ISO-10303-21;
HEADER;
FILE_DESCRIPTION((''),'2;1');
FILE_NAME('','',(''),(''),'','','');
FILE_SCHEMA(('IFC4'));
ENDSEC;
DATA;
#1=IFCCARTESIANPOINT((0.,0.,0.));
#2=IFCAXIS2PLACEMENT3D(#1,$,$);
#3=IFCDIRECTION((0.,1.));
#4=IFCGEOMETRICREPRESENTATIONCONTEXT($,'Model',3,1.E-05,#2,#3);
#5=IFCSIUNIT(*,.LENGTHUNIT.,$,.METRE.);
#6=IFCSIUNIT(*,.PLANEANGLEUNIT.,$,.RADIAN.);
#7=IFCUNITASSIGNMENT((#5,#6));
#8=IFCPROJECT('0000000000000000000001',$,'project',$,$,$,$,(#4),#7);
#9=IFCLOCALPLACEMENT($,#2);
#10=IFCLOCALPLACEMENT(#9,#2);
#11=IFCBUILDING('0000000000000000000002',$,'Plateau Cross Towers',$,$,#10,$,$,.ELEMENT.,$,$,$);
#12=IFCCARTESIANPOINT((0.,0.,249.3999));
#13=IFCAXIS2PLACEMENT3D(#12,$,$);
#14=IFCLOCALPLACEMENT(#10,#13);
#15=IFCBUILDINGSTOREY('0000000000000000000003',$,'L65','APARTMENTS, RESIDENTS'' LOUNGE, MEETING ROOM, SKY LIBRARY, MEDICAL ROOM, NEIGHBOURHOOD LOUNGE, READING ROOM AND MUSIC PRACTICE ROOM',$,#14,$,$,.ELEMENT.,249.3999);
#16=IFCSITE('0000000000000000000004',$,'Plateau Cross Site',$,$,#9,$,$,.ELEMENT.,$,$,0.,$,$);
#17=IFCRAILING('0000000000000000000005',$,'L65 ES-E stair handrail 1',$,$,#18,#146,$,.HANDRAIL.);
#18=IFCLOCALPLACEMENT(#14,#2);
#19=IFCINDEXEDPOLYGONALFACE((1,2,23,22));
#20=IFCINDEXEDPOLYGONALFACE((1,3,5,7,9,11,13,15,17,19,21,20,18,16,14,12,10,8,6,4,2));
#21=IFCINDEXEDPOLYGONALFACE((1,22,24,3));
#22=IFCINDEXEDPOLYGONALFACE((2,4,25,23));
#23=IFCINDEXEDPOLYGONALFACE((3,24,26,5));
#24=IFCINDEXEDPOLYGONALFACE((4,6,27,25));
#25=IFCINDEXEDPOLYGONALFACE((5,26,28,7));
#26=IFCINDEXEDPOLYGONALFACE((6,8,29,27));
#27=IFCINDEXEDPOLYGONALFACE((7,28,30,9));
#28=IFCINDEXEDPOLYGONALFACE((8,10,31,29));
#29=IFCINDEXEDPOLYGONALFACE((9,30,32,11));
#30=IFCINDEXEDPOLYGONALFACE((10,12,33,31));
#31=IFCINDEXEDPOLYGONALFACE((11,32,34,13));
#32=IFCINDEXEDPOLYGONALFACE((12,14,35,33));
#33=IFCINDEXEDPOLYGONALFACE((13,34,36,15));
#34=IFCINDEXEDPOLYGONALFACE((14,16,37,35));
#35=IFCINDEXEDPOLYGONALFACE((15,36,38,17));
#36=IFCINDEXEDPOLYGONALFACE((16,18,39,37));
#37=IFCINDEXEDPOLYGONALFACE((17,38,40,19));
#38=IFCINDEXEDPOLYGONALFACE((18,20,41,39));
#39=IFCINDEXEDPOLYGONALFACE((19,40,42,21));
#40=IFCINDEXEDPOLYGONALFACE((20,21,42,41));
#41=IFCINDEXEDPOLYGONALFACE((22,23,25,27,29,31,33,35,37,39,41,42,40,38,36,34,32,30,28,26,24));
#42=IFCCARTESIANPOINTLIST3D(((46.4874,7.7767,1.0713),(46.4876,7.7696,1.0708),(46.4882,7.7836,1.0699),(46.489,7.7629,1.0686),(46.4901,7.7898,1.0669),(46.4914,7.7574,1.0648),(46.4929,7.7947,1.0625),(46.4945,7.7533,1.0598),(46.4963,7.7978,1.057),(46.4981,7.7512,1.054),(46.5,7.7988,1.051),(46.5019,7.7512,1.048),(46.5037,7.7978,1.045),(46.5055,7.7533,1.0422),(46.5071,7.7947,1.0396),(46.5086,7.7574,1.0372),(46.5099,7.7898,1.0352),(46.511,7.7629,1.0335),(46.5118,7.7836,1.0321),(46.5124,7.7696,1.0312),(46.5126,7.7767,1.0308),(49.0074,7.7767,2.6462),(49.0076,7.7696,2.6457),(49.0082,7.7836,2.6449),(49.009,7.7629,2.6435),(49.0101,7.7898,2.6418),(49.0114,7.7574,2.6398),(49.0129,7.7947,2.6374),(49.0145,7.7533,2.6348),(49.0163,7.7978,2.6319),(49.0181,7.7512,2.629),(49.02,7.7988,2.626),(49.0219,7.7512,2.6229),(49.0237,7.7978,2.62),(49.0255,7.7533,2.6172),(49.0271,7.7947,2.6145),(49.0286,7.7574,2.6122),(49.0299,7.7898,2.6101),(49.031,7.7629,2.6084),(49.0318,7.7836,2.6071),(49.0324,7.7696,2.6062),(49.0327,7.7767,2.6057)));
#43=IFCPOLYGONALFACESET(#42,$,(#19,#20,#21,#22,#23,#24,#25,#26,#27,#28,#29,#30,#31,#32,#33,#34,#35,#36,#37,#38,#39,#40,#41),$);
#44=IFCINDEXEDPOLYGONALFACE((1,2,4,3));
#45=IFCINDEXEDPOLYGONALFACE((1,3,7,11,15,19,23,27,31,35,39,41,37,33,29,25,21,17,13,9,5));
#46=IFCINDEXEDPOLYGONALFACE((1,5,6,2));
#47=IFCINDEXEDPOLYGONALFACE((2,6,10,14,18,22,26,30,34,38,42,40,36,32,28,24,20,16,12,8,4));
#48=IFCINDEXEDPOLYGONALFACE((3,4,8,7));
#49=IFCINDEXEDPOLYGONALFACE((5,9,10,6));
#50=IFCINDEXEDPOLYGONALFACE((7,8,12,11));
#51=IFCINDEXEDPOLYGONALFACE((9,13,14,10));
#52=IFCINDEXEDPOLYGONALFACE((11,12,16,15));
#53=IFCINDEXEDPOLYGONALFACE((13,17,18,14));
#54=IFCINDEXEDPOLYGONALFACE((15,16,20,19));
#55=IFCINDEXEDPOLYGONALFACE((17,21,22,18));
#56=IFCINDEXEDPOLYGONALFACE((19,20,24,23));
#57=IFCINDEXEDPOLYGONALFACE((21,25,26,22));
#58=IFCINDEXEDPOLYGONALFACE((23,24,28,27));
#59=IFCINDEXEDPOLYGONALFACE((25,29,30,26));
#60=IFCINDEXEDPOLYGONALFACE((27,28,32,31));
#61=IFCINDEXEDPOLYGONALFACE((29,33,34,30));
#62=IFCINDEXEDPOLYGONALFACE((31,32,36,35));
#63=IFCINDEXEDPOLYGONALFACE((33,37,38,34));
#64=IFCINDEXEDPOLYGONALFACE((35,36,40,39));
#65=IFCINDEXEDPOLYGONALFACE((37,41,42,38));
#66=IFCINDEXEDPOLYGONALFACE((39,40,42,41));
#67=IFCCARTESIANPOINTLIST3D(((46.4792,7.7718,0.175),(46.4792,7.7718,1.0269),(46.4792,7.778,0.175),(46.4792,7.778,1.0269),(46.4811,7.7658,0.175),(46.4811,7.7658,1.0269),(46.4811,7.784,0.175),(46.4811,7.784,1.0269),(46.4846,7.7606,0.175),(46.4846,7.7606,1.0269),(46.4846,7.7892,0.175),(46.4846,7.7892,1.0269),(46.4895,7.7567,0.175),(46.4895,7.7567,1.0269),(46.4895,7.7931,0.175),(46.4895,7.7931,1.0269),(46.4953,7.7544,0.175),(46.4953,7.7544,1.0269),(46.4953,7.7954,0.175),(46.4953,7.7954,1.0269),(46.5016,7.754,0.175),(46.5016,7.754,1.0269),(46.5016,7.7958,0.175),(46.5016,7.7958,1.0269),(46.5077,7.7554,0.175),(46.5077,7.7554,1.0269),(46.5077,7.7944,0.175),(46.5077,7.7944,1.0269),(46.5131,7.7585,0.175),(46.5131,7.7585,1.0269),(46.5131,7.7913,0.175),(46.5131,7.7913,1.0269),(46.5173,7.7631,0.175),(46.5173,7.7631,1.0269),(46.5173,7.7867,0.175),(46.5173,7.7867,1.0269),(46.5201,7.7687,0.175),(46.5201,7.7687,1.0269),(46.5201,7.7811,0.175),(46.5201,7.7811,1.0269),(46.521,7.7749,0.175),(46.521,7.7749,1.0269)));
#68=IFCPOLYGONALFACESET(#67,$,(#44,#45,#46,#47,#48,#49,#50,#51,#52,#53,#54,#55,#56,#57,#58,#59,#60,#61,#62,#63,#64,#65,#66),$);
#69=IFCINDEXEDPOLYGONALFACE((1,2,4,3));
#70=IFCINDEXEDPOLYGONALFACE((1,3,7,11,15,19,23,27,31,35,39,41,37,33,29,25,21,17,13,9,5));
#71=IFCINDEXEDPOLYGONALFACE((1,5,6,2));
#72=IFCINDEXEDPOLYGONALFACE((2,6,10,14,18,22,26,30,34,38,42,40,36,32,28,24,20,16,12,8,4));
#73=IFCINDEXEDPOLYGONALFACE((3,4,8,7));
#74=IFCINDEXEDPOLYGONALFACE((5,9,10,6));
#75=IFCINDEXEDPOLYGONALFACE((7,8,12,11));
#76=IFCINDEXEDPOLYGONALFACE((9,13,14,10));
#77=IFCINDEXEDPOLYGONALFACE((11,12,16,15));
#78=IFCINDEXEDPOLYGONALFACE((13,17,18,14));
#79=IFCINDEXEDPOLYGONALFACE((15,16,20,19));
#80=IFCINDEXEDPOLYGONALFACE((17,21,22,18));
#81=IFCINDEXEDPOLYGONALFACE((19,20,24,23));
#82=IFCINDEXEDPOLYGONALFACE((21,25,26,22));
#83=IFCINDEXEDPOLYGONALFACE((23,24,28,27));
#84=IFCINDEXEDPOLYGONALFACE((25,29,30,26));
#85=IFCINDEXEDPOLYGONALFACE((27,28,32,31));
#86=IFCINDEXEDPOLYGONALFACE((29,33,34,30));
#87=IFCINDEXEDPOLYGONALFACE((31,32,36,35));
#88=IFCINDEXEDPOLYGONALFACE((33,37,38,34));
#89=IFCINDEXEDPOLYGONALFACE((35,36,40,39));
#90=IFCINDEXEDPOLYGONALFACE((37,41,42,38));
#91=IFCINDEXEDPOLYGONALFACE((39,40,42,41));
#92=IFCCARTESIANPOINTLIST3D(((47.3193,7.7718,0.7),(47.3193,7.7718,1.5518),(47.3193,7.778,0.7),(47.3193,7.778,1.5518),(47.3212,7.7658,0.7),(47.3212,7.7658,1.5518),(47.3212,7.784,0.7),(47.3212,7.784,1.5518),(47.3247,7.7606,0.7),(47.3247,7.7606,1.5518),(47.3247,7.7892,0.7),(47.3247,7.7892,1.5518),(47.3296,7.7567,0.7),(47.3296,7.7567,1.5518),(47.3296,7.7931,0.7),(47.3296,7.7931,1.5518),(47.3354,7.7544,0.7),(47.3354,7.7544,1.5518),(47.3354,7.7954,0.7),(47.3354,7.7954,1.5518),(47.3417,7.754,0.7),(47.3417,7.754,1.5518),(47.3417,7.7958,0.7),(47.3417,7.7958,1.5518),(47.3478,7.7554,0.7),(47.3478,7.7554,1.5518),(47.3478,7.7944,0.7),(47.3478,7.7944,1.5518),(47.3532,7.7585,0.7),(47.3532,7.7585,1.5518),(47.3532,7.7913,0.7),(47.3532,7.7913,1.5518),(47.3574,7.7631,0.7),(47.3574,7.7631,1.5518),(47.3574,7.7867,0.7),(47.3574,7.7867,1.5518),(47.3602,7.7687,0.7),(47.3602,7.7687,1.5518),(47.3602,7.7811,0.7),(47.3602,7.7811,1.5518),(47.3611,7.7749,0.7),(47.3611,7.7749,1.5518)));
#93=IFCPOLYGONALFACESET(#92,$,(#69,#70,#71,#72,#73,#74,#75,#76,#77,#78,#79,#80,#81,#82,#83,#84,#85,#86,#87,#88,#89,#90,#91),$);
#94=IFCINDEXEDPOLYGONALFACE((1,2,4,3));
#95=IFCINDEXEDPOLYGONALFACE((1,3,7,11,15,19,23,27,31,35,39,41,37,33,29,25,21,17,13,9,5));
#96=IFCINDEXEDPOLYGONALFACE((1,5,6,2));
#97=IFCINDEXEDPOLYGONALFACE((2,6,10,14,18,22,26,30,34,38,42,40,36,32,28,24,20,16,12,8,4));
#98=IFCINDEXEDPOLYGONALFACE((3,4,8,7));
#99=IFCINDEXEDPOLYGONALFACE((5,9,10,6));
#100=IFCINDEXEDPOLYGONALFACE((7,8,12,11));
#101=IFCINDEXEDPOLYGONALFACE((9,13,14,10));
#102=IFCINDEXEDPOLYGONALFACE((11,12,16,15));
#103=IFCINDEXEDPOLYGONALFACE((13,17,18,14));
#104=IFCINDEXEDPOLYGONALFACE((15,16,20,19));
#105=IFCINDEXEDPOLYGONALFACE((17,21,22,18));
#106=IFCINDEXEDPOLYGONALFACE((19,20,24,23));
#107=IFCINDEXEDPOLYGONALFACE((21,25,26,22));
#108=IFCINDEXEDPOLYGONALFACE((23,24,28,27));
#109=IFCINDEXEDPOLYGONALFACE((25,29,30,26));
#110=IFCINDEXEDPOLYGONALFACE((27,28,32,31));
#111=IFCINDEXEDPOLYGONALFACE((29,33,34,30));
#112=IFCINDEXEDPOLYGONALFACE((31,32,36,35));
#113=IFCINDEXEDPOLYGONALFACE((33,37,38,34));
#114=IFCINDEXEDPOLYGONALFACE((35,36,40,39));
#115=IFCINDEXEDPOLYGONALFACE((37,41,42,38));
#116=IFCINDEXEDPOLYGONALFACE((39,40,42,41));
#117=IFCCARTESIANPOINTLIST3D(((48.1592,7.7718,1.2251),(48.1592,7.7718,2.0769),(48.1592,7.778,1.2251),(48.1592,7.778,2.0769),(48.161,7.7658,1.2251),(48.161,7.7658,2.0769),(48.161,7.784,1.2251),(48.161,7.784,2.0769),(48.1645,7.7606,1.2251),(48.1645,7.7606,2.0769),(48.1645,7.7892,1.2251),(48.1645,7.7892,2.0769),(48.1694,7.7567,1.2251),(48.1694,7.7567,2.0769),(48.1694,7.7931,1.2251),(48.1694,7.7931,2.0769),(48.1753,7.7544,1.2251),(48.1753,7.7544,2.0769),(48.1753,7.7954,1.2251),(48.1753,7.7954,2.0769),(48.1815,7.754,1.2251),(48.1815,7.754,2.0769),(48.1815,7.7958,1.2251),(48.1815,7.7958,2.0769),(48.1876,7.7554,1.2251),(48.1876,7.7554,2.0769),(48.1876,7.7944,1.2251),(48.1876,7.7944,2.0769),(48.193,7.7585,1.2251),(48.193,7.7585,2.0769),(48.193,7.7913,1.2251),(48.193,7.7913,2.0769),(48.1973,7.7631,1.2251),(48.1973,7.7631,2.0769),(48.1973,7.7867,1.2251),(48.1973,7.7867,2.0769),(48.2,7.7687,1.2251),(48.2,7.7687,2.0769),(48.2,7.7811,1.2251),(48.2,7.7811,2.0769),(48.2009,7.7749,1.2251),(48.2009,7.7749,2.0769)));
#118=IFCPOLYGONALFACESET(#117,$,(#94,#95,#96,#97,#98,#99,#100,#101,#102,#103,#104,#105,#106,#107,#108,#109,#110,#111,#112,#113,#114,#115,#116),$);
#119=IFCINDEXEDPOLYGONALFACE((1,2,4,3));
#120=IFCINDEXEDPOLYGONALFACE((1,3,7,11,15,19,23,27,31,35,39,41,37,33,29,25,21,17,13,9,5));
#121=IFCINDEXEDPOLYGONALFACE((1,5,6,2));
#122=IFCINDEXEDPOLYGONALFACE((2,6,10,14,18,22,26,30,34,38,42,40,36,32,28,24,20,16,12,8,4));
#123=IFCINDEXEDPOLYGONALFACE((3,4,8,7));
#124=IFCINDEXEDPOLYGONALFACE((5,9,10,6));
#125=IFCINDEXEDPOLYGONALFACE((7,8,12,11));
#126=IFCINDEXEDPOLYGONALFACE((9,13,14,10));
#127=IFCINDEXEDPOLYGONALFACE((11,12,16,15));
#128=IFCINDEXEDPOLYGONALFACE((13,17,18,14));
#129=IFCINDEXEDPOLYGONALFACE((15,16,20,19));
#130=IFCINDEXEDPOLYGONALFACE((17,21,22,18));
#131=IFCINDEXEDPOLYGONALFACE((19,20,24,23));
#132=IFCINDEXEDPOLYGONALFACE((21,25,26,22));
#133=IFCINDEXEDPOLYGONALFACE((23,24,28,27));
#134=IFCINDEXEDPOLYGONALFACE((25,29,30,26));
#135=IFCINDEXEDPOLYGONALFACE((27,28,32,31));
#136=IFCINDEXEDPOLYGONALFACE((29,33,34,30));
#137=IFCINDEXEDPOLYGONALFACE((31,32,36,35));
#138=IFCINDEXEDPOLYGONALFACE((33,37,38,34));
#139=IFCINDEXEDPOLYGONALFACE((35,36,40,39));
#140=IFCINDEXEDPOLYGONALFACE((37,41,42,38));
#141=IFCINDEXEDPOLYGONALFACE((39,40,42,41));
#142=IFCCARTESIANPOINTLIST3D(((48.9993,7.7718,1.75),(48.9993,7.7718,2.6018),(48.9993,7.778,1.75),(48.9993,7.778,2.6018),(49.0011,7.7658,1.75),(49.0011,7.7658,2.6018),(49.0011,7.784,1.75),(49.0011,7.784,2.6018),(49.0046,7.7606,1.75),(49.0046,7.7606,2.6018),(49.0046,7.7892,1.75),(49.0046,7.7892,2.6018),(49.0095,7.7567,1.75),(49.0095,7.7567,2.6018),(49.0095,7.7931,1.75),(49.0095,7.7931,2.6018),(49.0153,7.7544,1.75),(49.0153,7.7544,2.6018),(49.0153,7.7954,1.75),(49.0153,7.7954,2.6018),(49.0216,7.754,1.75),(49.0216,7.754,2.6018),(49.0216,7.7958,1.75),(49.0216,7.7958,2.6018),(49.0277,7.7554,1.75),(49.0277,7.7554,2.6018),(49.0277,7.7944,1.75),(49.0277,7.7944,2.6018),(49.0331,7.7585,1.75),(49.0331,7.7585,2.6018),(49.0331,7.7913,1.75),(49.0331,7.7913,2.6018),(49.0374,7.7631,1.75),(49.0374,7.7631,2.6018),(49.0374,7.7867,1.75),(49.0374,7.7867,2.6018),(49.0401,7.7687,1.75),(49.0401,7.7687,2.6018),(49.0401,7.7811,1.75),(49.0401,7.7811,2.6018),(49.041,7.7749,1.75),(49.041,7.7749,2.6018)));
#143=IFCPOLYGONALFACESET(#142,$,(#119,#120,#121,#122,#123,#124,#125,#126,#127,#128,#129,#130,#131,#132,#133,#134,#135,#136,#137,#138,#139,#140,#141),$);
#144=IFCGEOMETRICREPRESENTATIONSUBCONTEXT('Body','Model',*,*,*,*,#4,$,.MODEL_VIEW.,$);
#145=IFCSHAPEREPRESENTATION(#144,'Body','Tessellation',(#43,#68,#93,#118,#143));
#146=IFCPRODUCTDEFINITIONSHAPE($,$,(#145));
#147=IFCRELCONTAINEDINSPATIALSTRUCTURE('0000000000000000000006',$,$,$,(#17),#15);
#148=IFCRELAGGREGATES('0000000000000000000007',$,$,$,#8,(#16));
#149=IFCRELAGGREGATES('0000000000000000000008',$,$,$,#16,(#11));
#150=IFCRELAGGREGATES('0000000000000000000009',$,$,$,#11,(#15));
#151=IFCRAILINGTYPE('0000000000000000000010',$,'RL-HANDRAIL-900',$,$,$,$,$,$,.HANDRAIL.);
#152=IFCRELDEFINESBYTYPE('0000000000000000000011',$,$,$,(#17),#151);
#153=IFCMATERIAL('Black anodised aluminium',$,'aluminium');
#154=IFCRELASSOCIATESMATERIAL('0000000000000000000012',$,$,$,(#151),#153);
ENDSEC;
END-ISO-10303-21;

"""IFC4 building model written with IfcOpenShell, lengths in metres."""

from ifc_helpers import new_model, si_unit, direction, frame, origin, origin_2d, place, context, subcontext, project, spatial, circle, extrude, material, type_object, element, save


model = new_model("IFC4")

# Units and contexts
model_context = context("Model", 3, precision=1e-05, world=origin(), true_north=direction((0.0, 1.0)))
body_context = subcontext(model_context, "Body", "Model", "MODEL_VIEW")
ifc_project = project(units=[si_unit("LENGTHUNIT", "METRE"), si_unit("PLANEANGLEUNIT", "RADIAN")], contexts=[model_context])

# Site, building, storey
site_placement = place(None, origin())
site = spatial("IfcSite", under=ifc_project, at=site_placement, Name="Plateau Cross Site", CompositionType="ELEMENT", RefElevation=0.0)
building_placement = place(site_placement, origin())
building = spatial("IfcBuilding", under=site, at=building_placement, Name="Plateau Cross Towers", CompositionType="ELEMENT")
storey_placement = place(building_placement, frame((0.0, 0.0, 249.3999)))
storey = spatial("IfcBuildingStorey", under=building, at=storey_placement, Name="L65", Description="APARTMENTS, RESIDENTS' LOUNGE, MEETING ROOM, SKY LIBRARY, MEDICAL ROOM, NEIGHBOURHOOD LOUNGE, READING ROOM AND MUSIC PRACTICE ROOM", CompositionType="ELEMENT", Elevation=249.3999)

# Shared definitions
ifc_material_1 = material(Name="Black anodised aluminium", Category="aluminium")

# Railing
railing_type_1 = type_object("IfcRailingType", Name="RL-HANDRAIL-900", PredefinedType="HANDRAIL", material=ifc_material_1)
railing_1_placement = place(storey_placement, frame((46.5, 7.7749, 0.175)))
element("IfcRailing", 1, at=railing_1_placement, inside=storey, type_object=railing_type_1, Name="L65 ES-E stair handrail 1", PredefinedType="HANDRAIL", context=body_context, shape_type="SweptSolid", body=[
    extrude(circle(Radius=0.0239, at=origin_2d()), frame((0.0, 0.0, 0.876), z_axis=(0.848008, 0.0, 0.529984), x_axis=(0.0, 1.0, 0.0)), (0.0, 0.0, 1.0), 2.9717),
    extrude(circle(Radius=0.021, at=origin_2d()), origin(), (0.0, 0.0, 1.0), 0.8518),
    extrude(circle(Radius=0.021, at=origin_2d()), frame((0.8401, 0.0, 0.5249)), (0.0, 0.0, 1.0), 0.8518),
    extrude(circle(Radius=0.021, at=origin_2d()), frame((1.6799, 0.0, 1.05)), (0.0, 0.0, 1.0), 0.8518),
    extrude(circle(Radius=0.021, at=origin_2d()), frame((2.52, 0.0, 1.575)), (0.0, 0.0, 1.0), 0.8518),
])

save(model, "model.ifc")
